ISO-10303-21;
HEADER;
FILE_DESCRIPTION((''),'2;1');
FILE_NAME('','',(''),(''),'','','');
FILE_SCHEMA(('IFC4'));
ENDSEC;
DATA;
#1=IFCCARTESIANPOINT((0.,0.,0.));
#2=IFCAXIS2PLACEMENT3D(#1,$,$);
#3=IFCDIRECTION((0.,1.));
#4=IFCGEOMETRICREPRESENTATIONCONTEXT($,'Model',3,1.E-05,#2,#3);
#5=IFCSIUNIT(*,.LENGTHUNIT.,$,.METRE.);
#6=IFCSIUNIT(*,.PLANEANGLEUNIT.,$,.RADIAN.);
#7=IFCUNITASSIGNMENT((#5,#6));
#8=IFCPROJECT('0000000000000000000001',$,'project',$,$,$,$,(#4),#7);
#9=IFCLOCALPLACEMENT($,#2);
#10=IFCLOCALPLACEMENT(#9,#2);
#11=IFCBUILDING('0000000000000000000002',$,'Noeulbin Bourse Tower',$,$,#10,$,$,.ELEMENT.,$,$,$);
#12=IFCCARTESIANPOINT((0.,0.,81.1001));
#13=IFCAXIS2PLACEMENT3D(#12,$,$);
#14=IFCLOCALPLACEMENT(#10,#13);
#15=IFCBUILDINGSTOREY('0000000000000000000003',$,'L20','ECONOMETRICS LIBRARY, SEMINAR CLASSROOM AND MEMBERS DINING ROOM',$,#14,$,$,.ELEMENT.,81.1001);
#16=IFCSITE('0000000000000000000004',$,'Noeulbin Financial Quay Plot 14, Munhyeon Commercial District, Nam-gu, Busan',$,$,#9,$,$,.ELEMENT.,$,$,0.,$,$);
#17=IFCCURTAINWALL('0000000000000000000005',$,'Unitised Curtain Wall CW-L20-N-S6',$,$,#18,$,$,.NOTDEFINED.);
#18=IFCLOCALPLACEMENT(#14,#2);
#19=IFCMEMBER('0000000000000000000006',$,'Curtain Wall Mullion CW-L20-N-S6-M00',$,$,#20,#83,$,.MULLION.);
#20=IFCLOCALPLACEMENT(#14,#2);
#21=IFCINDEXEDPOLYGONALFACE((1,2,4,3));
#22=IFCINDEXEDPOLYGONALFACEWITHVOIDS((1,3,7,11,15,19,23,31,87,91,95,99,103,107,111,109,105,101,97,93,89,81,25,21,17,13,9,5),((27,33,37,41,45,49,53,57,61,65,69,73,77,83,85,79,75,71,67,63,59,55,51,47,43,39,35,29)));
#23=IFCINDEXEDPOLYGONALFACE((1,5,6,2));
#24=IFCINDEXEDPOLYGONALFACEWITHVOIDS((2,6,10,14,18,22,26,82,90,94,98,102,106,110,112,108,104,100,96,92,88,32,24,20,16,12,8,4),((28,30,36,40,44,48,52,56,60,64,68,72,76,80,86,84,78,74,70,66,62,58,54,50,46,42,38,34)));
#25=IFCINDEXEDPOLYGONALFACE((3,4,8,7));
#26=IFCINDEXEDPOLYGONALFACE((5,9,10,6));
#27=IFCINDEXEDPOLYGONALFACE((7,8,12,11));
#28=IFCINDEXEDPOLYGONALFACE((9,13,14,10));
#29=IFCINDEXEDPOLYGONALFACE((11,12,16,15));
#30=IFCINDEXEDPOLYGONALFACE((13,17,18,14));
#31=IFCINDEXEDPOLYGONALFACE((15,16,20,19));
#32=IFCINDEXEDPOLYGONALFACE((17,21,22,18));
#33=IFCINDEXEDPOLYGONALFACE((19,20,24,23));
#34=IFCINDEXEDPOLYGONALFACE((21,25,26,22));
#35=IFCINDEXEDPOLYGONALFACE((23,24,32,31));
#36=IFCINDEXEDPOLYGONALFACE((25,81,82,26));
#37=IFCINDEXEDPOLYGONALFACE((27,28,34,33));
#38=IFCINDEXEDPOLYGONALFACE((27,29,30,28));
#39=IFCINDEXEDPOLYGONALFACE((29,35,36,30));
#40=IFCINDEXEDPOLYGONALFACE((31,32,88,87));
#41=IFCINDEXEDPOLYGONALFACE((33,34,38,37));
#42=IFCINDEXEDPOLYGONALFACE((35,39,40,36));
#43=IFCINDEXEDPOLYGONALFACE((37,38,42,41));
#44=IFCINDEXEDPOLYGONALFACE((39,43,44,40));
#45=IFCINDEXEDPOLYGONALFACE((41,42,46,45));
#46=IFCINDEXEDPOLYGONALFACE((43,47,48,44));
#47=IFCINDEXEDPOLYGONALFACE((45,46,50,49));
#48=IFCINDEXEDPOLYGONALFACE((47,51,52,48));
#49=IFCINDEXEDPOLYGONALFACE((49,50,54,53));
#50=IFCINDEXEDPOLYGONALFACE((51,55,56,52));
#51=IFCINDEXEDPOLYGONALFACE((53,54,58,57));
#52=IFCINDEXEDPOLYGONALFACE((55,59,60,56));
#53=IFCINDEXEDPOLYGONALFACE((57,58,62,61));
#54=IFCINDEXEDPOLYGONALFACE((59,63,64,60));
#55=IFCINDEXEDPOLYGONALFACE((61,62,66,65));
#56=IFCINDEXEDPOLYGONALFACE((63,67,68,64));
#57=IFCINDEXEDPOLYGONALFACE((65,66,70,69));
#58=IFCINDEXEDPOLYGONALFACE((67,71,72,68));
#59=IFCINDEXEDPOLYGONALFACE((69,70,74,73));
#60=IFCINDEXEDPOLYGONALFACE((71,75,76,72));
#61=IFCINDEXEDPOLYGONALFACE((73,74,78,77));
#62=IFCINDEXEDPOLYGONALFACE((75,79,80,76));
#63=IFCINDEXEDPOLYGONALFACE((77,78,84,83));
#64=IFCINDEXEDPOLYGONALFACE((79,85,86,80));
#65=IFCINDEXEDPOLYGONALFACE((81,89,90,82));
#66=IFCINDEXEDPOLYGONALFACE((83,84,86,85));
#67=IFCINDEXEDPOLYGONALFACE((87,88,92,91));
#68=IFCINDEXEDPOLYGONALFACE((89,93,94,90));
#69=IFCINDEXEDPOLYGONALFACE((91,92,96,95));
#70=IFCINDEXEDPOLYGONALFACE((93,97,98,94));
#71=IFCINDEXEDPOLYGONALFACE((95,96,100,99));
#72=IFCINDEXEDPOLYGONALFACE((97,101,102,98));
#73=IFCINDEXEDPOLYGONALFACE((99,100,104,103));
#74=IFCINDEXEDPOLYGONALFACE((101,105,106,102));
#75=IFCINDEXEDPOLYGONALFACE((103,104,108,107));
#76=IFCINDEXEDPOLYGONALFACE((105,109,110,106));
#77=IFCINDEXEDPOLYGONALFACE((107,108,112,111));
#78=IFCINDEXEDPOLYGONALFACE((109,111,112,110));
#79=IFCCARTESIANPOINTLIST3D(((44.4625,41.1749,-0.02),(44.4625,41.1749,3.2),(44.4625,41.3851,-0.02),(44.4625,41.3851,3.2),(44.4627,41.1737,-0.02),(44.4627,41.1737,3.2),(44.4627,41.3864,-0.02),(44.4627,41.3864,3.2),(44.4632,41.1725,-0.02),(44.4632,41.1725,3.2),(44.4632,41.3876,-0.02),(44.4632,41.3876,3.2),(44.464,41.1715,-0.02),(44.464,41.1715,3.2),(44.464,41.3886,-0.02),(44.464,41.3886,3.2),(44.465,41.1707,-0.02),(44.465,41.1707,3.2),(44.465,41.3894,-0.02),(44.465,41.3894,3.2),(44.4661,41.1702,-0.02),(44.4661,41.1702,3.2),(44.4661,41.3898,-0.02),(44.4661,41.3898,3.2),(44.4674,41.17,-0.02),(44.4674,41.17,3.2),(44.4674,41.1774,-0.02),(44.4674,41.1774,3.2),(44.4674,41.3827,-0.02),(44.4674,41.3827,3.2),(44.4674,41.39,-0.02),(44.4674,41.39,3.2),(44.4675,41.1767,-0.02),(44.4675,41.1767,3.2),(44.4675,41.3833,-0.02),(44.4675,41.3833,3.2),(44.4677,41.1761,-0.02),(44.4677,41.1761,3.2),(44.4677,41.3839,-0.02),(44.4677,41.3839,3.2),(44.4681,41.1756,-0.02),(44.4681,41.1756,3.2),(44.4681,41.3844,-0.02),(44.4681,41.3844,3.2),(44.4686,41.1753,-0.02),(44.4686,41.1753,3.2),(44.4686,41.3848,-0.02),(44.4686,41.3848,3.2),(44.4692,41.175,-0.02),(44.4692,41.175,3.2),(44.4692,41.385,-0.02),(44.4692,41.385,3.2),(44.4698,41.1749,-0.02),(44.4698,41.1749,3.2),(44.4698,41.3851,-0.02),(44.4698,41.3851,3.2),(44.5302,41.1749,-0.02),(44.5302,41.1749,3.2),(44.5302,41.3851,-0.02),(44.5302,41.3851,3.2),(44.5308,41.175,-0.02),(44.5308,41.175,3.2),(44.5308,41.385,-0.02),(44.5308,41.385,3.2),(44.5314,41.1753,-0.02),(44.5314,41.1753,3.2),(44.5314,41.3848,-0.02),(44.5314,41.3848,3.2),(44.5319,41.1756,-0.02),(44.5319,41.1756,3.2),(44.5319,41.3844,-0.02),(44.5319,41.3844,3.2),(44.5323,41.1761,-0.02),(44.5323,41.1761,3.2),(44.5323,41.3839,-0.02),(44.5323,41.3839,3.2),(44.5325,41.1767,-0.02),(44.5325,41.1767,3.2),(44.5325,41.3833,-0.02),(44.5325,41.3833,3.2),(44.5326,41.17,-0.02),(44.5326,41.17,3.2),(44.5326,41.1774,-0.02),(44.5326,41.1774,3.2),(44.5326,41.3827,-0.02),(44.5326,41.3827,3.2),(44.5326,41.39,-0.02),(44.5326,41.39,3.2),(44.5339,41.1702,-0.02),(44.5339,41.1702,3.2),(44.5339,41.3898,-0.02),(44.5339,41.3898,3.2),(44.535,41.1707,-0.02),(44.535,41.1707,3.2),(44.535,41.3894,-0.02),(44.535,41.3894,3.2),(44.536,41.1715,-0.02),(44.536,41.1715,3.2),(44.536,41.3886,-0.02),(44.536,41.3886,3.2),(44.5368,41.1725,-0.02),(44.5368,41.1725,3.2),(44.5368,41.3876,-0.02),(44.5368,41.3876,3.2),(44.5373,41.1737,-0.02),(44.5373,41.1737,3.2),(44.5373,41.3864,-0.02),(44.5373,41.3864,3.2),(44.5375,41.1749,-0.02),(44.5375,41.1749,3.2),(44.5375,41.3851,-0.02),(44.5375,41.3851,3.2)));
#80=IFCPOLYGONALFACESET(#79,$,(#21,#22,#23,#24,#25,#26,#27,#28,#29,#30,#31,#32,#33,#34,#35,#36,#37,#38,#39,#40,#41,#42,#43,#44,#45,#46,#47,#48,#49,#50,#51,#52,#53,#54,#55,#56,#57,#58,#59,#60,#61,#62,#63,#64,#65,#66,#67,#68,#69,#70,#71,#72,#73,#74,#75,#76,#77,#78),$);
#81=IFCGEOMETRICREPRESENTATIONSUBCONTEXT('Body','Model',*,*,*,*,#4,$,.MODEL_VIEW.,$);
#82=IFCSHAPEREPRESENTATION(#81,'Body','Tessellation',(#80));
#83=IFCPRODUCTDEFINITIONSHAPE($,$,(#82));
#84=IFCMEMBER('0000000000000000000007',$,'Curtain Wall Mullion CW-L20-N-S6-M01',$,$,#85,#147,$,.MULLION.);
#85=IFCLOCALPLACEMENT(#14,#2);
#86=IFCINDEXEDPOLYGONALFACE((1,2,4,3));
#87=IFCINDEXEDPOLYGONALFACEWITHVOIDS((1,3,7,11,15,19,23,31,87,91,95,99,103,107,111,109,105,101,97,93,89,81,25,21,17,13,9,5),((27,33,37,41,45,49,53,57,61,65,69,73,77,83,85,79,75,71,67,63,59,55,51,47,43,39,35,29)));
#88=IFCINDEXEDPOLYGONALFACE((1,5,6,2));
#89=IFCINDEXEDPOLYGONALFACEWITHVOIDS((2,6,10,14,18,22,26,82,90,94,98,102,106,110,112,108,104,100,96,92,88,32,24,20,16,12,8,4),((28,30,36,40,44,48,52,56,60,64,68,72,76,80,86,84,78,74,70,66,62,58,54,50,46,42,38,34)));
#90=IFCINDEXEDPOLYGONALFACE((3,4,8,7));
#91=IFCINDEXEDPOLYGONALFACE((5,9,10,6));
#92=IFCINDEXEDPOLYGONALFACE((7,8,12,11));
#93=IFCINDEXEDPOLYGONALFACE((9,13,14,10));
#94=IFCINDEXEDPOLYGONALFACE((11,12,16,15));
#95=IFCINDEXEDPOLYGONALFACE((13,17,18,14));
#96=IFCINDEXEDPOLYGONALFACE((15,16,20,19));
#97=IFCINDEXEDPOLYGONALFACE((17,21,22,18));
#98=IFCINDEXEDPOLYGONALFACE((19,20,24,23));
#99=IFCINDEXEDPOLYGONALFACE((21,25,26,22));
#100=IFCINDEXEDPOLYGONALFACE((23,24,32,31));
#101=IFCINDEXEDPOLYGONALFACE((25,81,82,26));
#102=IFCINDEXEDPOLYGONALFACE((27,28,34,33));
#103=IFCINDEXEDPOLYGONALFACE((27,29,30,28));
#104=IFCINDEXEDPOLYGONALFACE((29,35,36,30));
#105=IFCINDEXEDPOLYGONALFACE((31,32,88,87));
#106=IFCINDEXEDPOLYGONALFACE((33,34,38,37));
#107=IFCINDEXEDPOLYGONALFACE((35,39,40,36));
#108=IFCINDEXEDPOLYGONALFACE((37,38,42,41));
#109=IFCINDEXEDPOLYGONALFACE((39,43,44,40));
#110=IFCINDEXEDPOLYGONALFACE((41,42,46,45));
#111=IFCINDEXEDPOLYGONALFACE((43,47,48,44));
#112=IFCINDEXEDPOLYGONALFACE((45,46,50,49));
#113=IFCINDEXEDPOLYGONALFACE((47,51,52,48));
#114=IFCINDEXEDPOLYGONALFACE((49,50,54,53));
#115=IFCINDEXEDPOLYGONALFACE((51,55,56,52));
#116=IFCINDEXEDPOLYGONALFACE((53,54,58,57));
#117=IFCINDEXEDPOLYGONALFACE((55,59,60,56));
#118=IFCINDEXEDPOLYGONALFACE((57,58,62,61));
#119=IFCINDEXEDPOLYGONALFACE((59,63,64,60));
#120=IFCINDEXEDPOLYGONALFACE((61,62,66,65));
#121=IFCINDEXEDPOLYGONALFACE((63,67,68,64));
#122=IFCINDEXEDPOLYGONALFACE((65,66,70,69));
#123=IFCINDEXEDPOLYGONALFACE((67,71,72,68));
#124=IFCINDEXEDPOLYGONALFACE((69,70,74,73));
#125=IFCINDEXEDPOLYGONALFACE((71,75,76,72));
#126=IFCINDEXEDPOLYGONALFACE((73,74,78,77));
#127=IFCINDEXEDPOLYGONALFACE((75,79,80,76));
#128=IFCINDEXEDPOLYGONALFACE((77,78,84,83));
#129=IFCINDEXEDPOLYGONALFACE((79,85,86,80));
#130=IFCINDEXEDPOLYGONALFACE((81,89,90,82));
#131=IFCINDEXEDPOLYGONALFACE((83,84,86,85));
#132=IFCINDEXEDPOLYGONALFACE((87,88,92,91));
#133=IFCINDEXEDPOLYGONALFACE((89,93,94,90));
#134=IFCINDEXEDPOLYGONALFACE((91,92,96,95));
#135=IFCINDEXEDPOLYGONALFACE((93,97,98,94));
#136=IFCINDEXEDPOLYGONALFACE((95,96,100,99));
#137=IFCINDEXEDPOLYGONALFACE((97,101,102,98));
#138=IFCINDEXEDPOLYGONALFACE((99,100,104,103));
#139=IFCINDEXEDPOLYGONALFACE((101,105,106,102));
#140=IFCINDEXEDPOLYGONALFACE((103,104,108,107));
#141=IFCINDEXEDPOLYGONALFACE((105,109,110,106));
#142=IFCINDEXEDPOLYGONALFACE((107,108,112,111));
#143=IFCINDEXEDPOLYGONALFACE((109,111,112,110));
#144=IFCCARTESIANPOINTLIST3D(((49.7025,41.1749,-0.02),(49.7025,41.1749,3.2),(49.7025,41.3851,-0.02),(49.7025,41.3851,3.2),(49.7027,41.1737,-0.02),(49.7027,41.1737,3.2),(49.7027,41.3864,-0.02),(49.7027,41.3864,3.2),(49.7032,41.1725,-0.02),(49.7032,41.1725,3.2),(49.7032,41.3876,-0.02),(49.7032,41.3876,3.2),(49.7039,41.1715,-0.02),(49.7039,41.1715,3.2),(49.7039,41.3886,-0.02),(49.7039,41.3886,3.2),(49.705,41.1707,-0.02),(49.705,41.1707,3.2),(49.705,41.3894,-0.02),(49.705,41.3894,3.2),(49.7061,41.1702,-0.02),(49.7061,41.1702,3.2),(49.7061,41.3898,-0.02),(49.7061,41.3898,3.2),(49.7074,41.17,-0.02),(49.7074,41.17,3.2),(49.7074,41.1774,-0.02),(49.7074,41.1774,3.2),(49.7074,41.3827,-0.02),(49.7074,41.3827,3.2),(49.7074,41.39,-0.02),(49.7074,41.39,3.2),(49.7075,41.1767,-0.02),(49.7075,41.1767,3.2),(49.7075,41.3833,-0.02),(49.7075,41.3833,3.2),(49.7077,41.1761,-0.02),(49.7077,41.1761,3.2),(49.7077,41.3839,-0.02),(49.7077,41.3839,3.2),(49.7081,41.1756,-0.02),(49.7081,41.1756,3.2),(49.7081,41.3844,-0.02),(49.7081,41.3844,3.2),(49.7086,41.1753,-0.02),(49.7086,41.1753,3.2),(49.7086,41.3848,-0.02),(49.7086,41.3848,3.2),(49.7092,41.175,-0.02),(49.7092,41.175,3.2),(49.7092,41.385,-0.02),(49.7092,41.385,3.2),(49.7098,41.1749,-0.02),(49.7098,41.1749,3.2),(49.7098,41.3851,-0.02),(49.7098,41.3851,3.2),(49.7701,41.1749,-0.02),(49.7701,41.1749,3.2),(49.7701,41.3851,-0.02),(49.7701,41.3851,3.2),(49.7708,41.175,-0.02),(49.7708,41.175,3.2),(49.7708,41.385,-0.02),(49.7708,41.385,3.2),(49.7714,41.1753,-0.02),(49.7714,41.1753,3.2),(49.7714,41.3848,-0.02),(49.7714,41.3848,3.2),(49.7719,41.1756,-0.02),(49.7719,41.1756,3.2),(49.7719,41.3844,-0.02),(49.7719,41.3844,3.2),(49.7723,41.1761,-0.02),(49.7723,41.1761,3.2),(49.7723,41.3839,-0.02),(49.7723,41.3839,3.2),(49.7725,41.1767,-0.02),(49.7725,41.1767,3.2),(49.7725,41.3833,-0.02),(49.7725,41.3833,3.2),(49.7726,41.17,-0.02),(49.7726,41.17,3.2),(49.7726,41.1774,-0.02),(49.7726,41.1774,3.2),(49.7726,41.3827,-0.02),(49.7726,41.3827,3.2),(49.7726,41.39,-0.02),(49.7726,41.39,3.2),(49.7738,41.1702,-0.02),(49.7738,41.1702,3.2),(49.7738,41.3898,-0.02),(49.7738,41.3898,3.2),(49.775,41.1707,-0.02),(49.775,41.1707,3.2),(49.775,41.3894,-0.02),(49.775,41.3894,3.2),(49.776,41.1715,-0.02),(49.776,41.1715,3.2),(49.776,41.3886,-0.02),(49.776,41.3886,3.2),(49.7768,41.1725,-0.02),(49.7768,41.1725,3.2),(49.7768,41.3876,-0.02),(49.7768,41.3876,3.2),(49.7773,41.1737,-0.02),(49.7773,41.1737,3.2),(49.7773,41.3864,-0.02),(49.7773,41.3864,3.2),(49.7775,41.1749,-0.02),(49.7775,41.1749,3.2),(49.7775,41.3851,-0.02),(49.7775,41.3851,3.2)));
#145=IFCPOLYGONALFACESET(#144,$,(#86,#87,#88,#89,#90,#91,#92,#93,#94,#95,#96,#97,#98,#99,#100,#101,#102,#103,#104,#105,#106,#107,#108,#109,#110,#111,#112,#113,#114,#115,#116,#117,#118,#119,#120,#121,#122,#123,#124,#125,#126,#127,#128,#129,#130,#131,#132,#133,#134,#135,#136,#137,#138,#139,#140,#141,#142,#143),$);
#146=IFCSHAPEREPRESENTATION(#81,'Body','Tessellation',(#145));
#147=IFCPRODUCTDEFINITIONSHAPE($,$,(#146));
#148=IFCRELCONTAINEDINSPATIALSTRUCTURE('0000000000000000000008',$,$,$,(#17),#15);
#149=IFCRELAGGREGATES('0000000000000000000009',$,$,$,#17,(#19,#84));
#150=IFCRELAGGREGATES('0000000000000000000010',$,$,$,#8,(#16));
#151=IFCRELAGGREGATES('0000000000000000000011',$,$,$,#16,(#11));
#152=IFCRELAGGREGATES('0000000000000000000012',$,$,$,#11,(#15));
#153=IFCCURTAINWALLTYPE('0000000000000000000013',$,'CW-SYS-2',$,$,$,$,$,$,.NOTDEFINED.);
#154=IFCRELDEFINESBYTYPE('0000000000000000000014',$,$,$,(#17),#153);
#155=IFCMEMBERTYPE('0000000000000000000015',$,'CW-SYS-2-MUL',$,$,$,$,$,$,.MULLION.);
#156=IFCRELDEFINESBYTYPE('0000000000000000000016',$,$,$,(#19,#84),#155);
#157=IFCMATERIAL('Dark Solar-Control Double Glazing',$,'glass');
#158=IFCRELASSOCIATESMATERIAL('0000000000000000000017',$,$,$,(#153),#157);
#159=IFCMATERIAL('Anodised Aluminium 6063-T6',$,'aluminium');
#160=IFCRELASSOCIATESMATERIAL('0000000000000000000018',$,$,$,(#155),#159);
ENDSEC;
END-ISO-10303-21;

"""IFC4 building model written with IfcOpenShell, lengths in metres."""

from ifc_helpers import new_model, si_unit, direction, frame, origin, origin_2d, place, context, subcontext, project, spatial, hollow_rectangle, extrude, material, material_profile, profile_set, type_object, element, aggregate, save


model = new_model("IFC4")

# Units and contexts
model_context = context("Model", 3, precision=1e-05, world=origin(), true_north=direction((0.0, 1.0)))
body_context = subcontext(model_context, "Body", "Model", "MODEL_VIEW")
ifc_project = project(units=[si_unit("LENGTHUNIT", "METRE"), si_unit("PLANEANGLEUNIT", "RADIAN")], contexts=[model_context])

# Site, building, storey
site_placement = place(None, origin())
site = spatial("IfcSite", under=ifc_project, at=site_placement, Name="Noeulbin Financial Quay Plot 14, Munhyeon Commercial District, Nam-gu, Busan", CompositionType="ELEMENT", RefElevation=0.0)
building_placement = place(site_placement, origin())
building = spatial("IfcBuilding", under=site, at=building_placement, Name="Noeulbin Bourse Tower", CompositionType="ELEMENT")
storey_placement = place(building_placement, frame((0.0, 0.0, 81.1001)))
storey = spatial("IfcBuildingStorey", under=building, at=storey_placement, Name="L20", Description="ECONOMETRICS LIBRARY, SEMINAR CLASSROOM AND MEMBERS DINING ROOM", CompositionType="ELEMENT", Elevation=81.1001)

# Curtain wall, members
ifc_material_1 = material(Name="Dark Solar-Control Double Glazing", Category="glass")
curtain_wall_type = type_object("IfcCurtainWallType", Name="CW-SYS-2", PredefinedType="NOTDEFINED", material=ifc_material_1)
curtain_wall_1_placement = place(storey_placement, origin())
curtain_wall_1 = element("IfcCurtainWall", 1, at=curtain_wall_1_placement, inside=storey, type_object=curtain_wall_type, Name="Unitised Curtain Wall CW-L20-N-S6", PredefinedType="NOTDEFINED")
ifc_material_2 = material(Name="Anodised Aluminium 6063-T6", Category="aluminium")
ifc_material_profile_1 = material_profile(ifc_material_2, hollow_rectangle(XDim=0.075, YDim=0.22, WallThickness=0.0049, InnerFilletRadius=0.0024, OuterFilletRadius=0.0049, at=origin_2d()), Name="ALU-MULL-75x220x5", Category="LoadBearing")
ifc_profile_set_1 = profile_set([ifc_material_profile_1], Name="Anodised Aluminium 6063-T6")
member_type_1 = type_object("IfcMemberType", Name="CW-SYS-2-MUL", PredefinedType="MULLION", material=ifc_profile_set_1)
member_1_placement = place(storey_placement, frame((44.5, 41.28, -0.02), z_axis=(0.0, 0.0, 1.0), x_axis=(1.0, 0.0, 0.0)))
member_1 = element("IfcMember", 2, at=member_1_placement, type_object=member_type_1, Name="Curtain Wall Mullion CW-L20-N-S6-M00", PredefinedType="MULLION", context=body_context, shape_type="SweptSolid", body=[
    extrude(hollow_rectangle(XDim=0.075, YDim=0.22, WallThickness=0.0049, InnerFilletRadius=0.0024, OuterFilletRadius=0.0049, at=origin_2d()), origin(), (0.0, 0.0, 1.0), 3.22),
])
member_2_placement = place(storey_placement, frame((49.74, 41.28, -0.02), z_axis=(0.0, 0.0, 1.0), x_axis=(1.0, 0.0, 0.0)))
member_2 = element("IfcMember", 3, at=member_2_placement, type_object=member_type_1, Name="Curtain Wall Mullion CW-L20-N-S6-M01", PredefinedType="MULLION", context=body_context, shape_type="SweptSolid", body=[
    extrude(hollow_rectangle(XDim=0.075, YDim=0.22, WallThickness=0.0049, InnerFilletRadius=0.0024, OuterFilletRadius=0.0049, at=origin_2d()), origin(), (0.0, 0.0, 1.0), 3.22),
])

aggregate(curtain_wall_1, [member_1, member_2])

save(model, "model.ifc")
